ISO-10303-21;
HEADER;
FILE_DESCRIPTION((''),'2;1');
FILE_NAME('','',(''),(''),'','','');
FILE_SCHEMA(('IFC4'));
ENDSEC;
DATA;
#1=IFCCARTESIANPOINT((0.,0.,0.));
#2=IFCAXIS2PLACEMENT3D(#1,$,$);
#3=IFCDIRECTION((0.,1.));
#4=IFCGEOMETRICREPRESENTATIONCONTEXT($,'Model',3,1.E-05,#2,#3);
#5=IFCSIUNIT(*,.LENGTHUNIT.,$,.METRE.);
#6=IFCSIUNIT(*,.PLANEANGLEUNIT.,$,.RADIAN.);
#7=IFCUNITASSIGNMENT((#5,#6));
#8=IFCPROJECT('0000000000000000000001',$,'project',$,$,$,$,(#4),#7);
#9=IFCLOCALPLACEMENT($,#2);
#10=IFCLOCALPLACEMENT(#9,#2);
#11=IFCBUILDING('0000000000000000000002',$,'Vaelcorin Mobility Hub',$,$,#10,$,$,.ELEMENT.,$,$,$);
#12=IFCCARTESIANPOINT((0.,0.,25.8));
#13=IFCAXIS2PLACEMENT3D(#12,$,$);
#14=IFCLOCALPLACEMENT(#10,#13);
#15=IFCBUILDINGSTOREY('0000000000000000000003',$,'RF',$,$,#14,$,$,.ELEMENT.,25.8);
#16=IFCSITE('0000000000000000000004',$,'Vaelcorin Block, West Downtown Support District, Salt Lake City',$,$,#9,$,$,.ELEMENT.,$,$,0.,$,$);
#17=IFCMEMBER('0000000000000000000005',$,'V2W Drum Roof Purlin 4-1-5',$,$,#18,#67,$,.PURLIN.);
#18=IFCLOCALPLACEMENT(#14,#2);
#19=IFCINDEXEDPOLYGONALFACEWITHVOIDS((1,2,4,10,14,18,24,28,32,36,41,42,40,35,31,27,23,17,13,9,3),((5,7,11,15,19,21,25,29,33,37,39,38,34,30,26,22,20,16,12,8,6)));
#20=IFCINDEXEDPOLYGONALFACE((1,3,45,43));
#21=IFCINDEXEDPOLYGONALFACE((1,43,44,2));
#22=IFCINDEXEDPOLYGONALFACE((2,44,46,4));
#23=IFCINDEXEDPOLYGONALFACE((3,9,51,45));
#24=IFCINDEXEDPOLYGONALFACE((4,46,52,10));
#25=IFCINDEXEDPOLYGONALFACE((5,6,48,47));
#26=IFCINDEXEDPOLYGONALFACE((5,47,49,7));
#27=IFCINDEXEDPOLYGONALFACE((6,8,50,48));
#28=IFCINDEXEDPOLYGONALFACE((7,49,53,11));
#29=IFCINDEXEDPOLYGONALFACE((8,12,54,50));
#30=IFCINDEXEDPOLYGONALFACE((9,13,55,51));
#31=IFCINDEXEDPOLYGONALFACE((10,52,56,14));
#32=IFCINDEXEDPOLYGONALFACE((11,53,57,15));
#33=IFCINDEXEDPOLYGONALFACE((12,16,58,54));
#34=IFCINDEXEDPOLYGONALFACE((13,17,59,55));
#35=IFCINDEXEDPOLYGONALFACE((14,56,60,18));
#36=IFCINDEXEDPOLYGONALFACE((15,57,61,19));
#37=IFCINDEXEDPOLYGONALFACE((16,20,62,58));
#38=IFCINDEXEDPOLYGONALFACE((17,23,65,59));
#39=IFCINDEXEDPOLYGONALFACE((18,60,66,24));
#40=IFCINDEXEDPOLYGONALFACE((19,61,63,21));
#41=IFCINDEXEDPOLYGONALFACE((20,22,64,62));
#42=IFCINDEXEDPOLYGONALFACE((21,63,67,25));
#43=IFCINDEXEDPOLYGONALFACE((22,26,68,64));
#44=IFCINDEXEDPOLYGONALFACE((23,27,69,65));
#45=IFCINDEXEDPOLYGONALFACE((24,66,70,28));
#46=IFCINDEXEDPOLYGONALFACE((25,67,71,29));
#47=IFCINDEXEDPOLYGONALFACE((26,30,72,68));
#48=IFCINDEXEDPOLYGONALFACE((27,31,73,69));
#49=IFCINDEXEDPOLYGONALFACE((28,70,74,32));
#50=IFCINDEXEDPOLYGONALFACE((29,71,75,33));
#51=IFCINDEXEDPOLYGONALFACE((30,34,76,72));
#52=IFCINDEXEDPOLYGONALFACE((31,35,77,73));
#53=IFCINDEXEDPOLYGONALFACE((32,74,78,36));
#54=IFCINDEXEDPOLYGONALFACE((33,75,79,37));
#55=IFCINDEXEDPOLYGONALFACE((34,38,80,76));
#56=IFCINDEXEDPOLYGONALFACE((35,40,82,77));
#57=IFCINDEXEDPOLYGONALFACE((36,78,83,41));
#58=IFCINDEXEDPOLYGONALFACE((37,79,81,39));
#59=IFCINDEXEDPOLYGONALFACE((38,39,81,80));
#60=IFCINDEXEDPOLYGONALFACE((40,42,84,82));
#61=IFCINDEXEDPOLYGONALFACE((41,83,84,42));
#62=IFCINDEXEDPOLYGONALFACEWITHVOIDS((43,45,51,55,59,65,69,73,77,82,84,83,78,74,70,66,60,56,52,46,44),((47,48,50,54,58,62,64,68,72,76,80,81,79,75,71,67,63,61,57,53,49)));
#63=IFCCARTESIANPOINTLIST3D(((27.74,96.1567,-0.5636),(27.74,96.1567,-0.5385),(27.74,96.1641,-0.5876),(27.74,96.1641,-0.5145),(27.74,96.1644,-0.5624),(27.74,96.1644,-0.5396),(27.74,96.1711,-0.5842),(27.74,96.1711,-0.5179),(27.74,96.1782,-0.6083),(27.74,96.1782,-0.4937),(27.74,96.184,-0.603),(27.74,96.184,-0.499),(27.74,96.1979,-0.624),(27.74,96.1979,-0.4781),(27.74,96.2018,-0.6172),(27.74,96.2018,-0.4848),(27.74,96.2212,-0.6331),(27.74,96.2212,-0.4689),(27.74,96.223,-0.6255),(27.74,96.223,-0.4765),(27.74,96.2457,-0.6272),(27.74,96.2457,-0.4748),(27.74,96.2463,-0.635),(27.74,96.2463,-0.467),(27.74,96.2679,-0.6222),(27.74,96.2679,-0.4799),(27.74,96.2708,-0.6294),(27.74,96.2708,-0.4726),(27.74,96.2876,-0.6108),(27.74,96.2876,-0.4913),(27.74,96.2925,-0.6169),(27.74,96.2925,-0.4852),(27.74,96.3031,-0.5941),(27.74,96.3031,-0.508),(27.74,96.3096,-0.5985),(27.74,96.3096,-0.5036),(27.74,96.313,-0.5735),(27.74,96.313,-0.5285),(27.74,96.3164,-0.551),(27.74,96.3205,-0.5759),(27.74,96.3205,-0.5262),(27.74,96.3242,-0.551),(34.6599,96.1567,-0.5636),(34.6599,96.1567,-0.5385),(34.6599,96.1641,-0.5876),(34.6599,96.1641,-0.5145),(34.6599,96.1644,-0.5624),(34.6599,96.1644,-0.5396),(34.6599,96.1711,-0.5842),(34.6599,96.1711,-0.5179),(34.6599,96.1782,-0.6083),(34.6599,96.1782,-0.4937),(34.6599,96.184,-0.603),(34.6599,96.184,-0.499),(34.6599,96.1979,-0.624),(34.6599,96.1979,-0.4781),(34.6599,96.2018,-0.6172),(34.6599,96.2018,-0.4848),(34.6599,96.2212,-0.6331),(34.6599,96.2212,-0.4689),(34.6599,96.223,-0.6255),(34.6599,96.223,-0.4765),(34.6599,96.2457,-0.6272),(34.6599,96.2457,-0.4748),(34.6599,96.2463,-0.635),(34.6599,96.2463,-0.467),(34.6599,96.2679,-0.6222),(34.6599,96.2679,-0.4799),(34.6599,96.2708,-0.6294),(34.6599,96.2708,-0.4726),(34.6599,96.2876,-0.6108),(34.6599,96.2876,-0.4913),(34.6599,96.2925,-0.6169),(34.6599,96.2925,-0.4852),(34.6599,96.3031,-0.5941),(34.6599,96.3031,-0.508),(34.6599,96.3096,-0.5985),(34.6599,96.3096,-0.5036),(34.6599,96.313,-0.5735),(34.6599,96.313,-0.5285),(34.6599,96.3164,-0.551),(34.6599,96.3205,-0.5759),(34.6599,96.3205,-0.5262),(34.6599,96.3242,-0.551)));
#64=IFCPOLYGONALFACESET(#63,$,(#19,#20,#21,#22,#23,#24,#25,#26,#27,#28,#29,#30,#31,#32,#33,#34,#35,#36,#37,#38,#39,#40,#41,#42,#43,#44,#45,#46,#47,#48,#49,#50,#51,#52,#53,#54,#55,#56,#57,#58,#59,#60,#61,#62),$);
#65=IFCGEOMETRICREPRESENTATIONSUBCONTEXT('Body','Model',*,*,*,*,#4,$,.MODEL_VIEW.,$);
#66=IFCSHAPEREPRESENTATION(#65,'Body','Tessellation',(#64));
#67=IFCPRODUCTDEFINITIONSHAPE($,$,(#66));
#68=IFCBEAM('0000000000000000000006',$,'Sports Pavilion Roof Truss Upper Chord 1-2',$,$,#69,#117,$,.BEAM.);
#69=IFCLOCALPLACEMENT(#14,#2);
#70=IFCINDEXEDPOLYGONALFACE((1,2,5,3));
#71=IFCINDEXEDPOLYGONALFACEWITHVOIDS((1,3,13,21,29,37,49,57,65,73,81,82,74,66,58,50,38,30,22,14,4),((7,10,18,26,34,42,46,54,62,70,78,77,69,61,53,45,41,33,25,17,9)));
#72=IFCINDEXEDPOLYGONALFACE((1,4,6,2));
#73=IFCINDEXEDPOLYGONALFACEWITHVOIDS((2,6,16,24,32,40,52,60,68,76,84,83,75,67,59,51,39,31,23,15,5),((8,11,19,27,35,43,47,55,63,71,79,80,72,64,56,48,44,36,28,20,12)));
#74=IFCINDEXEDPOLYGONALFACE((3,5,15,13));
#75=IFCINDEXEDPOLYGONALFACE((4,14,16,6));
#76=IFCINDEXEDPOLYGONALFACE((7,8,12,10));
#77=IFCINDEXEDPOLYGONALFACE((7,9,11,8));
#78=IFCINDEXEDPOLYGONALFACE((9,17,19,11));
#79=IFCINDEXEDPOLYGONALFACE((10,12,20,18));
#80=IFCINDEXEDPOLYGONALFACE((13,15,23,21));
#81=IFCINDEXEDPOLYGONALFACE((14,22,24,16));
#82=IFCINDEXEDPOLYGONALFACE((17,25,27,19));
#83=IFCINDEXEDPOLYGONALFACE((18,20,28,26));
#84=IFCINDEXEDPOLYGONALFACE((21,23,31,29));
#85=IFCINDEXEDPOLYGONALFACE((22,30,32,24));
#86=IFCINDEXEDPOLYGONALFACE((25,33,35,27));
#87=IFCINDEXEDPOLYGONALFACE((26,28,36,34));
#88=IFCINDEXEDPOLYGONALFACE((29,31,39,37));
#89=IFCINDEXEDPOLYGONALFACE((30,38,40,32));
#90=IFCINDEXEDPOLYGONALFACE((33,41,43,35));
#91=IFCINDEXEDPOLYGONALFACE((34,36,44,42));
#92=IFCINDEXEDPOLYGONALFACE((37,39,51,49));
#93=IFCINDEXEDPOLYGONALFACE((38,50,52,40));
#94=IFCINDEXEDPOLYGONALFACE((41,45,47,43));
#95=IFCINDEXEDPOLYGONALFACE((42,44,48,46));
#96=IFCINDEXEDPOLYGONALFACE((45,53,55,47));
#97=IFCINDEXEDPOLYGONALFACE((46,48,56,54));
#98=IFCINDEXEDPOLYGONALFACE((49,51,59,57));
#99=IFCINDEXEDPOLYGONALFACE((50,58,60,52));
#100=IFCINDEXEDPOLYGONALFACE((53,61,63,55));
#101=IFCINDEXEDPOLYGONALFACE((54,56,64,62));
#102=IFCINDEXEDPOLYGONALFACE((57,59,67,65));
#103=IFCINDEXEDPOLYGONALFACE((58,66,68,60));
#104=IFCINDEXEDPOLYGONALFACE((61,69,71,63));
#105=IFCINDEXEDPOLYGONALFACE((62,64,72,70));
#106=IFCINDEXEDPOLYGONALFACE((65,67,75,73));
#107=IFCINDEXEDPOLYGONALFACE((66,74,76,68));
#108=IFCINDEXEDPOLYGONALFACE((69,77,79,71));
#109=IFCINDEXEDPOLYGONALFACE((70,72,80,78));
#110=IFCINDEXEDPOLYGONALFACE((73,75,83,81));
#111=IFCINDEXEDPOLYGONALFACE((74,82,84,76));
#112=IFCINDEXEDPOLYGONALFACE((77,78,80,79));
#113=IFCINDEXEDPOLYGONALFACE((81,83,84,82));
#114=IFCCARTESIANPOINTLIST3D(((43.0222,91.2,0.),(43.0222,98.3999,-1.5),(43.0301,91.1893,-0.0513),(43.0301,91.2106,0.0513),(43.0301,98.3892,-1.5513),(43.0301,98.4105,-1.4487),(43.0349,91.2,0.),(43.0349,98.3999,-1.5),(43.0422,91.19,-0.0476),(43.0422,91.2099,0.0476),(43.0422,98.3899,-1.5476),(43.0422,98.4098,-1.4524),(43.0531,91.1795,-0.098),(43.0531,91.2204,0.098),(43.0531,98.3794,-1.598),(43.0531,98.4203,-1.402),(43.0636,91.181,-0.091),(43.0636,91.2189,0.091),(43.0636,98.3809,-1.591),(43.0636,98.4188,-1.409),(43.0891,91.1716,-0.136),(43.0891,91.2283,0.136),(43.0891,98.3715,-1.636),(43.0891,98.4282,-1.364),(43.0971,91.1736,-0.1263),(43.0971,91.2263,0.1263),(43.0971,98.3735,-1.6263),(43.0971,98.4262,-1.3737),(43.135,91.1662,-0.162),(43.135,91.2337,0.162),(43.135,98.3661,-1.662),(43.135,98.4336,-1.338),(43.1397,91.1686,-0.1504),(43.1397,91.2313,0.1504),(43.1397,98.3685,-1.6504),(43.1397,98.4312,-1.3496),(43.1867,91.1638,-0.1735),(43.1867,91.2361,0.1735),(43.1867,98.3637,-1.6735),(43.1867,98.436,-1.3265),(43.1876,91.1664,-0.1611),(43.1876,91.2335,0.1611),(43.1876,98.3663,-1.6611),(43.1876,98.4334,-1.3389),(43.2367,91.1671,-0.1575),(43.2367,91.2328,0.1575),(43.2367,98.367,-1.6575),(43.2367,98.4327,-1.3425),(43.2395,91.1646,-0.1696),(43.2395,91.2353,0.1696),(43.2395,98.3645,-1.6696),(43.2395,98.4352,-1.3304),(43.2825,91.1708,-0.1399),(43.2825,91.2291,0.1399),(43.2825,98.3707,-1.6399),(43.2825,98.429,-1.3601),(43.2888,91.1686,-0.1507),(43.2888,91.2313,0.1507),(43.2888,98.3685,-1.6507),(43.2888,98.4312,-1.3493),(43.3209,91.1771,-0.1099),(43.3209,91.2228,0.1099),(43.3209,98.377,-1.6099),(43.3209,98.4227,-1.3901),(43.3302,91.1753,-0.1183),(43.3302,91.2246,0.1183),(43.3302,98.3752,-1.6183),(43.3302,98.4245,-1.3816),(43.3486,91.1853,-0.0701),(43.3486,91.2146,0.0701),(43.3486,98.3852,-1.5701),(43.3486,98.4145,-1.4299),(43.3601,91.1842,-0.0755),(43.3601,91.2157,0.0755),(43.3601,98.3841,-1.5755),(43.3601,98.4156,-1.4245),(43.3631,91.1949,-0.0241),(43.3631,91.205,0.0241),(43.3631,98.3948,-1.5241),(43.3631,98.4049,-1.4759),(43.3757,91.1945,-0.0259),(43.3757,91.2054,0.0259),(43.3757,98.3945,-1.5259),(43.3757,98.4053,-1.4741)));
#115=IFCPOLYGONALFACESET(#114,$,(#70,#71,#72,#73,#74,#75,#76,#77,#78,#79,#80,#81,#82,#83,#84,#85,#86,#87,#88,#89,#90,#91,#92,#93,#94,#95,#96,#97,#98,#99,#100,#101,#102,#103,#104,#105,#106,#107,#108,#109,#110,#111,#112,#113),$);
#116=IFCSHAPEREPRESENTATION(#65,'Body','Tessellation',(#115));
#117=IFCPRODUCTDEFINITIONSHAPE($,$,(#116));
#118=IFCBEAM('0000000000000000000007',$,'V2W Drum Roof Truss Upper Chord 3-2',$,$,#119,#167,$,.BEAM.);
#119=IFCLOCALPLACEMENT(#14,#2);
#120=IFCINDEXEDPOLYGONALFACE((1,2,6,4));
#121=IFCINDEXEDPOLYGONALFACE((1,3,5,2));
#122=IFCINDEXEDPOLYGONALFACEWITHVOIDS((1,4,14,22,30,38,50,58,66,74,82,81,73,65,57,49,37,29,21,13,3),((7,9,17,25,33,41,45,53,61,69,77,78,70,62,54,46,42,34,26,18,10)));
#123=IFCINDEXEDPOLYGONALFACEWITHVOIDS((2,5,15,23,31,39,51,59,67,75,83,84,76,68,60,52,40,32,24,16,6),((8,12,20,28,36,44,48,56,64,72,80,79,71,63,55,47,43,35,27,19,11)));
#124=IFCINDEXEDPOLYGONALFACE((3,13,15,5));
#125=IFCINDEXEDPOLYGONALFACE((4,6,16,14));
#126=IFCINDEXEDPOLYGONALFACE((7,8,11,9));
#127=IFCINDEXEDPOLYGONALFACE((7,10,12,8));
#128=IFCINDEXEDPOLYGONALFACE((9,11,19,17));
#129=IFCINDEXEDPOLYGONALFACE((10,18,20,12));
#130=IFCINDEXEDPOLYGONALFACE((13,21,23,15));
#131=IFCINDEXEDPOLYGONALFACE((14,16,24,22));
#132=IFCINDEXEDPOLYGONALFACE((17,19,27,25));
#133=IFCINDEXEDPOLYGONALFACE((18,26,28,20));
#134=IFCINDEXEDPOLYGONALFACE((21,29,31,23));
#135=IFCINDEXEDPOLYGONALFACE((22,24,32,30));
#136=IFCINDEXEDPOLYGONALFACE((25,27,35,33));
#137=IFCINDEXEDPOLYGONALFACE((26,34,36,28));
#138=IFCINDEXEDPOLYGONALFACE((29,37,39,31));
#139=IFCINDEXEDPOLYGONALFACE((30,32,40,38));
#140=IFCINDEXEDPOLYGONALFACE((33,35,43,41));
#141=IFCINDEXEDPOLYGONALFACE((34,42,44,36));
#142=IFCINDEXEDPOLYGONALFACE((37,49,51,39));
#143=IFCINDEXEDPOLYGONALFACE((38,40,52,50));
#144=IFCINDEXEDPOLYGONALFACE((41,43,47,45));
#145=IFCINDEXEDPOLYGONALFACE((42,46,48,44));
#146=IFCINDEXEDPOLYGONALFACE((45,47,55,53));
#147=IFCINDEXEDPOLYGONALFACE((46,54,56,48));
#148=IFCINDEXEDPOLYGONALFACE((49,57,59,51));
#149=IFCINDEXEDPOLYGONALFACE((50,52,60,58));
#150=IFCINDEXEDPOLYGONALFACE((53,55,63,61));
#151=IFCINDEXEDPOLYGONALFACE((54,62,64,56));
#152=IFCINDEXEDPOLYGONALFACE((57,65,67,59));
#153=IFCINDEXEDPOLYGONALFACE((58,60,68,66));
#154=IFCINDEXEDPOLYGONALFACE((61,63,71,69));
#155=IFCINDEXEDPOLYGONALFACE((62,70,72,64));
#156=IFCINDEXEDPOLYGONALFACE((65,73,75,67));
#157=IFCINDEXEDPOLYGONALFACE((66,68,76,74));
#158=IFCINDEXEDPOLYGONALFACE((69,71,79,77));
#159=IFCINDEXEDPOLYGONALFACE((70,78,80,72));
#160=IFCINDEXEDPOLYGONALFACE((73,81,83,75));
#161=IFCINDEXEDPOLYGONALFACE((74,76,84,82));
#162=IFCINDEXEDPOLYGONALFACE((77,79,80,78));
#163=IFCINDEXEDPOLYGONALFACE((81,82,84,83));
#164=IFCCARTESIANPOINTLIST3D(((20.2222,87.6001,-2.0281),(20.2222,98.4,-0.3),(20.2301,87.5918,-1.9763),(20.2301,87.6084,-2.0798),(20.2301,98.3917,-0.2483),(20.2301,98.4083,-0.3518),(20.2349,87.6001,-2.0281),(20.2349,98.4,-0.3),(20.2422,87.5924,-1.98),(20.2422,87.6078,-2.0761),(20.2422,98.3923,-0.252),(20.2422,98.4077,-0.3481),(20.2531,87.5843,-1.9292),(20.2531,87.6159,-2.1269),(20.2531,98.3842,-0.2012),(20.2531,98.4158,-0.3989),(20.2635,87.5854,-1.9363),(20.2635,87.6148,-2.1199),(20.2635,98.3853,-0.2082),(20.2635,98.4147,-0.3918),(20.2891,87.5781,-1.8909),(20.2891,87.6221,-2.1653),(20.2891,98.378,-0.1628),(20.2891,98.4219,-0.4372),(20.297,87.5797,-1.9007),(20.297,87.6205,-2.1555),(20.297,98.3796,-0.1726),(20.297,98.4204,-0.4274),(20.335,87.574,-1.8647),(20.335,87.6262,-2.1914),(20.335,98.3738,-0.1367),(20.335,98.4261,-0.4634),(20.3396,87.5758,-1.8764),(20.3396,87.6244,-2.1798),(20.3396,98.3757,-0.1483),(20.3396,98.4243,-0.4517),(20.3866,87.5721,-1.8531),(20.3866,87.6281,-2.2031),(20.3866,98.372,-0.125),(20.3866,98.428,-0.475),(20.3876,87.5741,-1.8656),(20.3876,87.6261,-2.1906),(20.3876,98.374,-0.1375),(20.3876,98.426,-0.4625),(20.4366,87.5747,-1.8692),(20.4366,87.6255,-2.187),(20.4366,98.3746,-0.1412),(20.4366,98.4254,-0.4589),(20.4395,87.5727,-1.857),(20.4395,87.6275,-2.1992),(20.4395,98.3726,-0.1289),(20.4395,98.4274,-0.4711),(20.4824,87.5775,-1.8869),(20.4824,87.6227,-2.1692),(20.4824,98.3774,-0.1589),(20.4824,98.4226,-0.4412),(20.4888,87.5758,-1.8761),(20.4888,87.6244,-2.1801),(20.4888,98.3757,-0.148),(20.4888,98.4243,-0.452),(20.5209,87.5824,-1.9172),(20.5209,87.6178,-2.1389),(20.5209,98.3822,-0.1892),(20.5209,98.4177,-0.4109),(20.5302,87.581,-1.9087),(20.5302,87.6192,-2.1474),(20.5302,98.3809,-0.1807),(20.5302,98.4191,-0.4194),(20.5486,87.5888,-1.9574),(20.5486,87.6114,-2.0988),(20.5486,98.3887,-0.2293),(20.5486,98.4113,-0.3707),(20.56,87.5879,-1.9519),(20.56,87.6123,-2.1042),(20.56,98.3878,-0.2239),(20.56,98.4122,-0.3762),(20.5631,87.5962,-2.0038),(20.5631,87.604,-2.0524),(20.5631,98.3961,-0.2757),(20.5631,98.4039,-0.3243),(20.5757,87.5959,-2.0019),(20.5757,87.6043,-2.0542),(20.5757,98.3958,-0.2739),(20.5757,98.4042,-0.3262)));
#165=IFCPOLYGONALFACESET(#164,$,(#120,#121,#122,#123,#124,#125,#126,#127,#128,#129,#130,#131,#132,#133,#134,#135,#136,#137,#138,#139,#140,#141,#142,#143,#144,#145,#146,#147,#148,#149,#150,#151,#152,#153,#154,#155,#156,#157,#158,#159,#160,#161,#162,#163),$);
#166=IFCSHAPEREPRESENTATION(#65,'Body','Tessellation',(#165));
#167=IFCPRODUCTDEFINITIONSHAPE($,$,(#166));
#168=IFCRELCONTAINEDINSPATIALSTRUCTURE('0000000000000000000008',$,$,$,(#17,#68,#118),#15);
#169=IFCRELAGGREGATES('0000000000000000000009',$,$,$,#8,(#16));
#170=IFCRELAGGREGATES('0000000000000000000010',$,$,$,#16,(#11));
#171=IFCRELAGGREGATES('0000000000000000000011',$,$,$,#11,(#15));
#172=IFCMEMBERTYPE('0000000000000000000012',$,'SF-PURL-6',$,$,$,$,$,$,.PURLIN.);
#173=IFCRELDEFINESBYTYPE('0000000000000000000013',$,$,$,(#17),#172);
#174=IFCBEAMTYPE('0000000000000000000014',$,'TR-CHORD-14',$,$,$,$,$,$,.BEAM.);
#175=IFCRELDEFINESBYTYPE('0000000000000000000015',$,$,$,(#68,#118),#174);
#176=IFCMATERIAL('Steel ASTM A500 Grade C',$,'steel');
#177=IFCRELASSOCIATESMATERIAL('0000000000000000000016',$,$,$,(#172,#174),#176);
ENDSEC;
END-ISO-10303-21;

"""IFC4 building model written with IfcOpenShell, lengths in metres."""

from ifc_helpers import new_model, si_unit, direction, frame, origin, origin_2d, place, context, subcontext, project, spatial, hollow_circle, extrude, material, material_profile, profile_set, type_object, element, save


model = new_model("IFC4")

# Units and contexts
model_context = context("Model", 3, precision=1e-05, world=origin(), true_north=direction((0.0, 1.0)))
body_context = subcontext(model_context, "Body", "Model", "MODEL_VIEW")
ifc_project = project(units=[si_unit("LENGTHUNIT", "METRE"), si_unit("PLANEANGLEUNIT", "RADIAN")], contexts=[model_context])

# Site, building, storey
site_placement = place(None, origin())
site = spatial("IfcSite", under=ifc_project, at=site_placement, Name="Vaelcorin Block, West Downtown Support District, Salt Lake City", CompositionType="ELEMENT", RefElevation=0.0)
building_placement = place(site_placement, origin())
building = spatial("IfcBuilding", under=site, at=building_placement, Name="Vaelcorin Mobility Hub", CompositionType="ELEMENT")
storey_placement = place(building_placement, frame((0.0, 0.0, 25.8)))
storey = spatial("IfcBuildingStorey", under=building, at=storey_placement, Name="RF", CompositionType="ELEMENT", Elevation=25.8)

# Member
ifc_material_1 = material(Name="Steel ASTM A500 Grade C", Category="steel")
ifc_material_profile_1 = material_profile(ifc_material_1, hollow_circle(Radius=0.0842, WallThickness=0.0078, at=origin_2d()), Name="HSS6.625X0.312")
ifc_profile_set_1 = profile_set([ifc_material_profile_1], Name="Steel ASTM A500 Grade C")
member_type_1 = type_object("IfcMemberType", Name="SF-PURL-6", PredefinedType="PURLIN", material=ifc_profile_set_1)
for number, where, z_axis, x_axis, name in (
    (1, (27.74, 96.24, -0.551), (1.0, 0.0, 0.0), (0.0, 1.0, 0.0), "V2W Drum Roof Purlin 4-1-5"),
):
    element("IfcMember", number, at=place(storey_placement, frame(where, z_axis=z_axis, x_axis=x_axis)), inside=storey, type_object=member_type_1, Name=name, PredefinedType="PURLIN", context=body_context, shape_type="SweptSolid", body=[
        extrude(hollow_circle(Radius=0.0842, WallThickness=0.0078, at=origin_2d()), origin(), (0.0, 0.0, 1.0), 6.9199),
    ])

# Beams
ifc_material_profile_2 = material_profile(ifc_material_1, hollow_circle(Radius=0.1777, WallThickness=0.0127, at=origin_2d()), Name="HSS14.000X0.500")
ifc_profile_set_2 = profile_set([ifc_material_profile_2], Name="Steel ASTM A500 Grade C")
beam_type_1 = type_object("IfcBeamType", Name="TR-CHORD-14", PredefinedType="BEAM", material=ifc_profile_set_2)
beam_1_placement = place(storey_placement, frame((43.2, 91.2, 0.0), z_axis=(0.0, 0.97898, -0.203956), x_axis=(-1.0, 0.0, 0.0)))
element("IfcBeam", 2, at=beam_1_placement, inside=storey, type_object=beam_type_1, Name="Sports Pavilion Roof Truss Upper Chord 1-2", PredefinedType="BEAM", context=body_context, shape_type="SweptSolid", body=[
    extrude(hollow_circle(Radius=0.1777, WallThickness=0.0127, at=origin_2d()), origin(), (0.0, 0.0, 1.0), 7.3545),
])
for number, where, z_axis, x_axis, name in (
    (3, (20.3999, 87.6001, -2.0281), (0.0, 0.98744, 0.157996), (-1.0, 0.0, 0.0), "V2W Drum Roof Truss Upper Chord 3-2"),
):
    element("IfcBeam", number, at=place(storey_placement, frame(where, z_axis=z_axis, x_axis=x_axis)), inside=storey, type_object=beam_type_1, Name=name, PredefinedType="BEAM", context=body_context, shape_type="SweptSolid", body=[
        extrude(hollow_circle(Radius=0.1777, WallThickness=0.0127, at=origin_2d()), origin(), (0.0, 0.0, 1.0), 10.9373),
    ])

save(model, "model.ifc")
